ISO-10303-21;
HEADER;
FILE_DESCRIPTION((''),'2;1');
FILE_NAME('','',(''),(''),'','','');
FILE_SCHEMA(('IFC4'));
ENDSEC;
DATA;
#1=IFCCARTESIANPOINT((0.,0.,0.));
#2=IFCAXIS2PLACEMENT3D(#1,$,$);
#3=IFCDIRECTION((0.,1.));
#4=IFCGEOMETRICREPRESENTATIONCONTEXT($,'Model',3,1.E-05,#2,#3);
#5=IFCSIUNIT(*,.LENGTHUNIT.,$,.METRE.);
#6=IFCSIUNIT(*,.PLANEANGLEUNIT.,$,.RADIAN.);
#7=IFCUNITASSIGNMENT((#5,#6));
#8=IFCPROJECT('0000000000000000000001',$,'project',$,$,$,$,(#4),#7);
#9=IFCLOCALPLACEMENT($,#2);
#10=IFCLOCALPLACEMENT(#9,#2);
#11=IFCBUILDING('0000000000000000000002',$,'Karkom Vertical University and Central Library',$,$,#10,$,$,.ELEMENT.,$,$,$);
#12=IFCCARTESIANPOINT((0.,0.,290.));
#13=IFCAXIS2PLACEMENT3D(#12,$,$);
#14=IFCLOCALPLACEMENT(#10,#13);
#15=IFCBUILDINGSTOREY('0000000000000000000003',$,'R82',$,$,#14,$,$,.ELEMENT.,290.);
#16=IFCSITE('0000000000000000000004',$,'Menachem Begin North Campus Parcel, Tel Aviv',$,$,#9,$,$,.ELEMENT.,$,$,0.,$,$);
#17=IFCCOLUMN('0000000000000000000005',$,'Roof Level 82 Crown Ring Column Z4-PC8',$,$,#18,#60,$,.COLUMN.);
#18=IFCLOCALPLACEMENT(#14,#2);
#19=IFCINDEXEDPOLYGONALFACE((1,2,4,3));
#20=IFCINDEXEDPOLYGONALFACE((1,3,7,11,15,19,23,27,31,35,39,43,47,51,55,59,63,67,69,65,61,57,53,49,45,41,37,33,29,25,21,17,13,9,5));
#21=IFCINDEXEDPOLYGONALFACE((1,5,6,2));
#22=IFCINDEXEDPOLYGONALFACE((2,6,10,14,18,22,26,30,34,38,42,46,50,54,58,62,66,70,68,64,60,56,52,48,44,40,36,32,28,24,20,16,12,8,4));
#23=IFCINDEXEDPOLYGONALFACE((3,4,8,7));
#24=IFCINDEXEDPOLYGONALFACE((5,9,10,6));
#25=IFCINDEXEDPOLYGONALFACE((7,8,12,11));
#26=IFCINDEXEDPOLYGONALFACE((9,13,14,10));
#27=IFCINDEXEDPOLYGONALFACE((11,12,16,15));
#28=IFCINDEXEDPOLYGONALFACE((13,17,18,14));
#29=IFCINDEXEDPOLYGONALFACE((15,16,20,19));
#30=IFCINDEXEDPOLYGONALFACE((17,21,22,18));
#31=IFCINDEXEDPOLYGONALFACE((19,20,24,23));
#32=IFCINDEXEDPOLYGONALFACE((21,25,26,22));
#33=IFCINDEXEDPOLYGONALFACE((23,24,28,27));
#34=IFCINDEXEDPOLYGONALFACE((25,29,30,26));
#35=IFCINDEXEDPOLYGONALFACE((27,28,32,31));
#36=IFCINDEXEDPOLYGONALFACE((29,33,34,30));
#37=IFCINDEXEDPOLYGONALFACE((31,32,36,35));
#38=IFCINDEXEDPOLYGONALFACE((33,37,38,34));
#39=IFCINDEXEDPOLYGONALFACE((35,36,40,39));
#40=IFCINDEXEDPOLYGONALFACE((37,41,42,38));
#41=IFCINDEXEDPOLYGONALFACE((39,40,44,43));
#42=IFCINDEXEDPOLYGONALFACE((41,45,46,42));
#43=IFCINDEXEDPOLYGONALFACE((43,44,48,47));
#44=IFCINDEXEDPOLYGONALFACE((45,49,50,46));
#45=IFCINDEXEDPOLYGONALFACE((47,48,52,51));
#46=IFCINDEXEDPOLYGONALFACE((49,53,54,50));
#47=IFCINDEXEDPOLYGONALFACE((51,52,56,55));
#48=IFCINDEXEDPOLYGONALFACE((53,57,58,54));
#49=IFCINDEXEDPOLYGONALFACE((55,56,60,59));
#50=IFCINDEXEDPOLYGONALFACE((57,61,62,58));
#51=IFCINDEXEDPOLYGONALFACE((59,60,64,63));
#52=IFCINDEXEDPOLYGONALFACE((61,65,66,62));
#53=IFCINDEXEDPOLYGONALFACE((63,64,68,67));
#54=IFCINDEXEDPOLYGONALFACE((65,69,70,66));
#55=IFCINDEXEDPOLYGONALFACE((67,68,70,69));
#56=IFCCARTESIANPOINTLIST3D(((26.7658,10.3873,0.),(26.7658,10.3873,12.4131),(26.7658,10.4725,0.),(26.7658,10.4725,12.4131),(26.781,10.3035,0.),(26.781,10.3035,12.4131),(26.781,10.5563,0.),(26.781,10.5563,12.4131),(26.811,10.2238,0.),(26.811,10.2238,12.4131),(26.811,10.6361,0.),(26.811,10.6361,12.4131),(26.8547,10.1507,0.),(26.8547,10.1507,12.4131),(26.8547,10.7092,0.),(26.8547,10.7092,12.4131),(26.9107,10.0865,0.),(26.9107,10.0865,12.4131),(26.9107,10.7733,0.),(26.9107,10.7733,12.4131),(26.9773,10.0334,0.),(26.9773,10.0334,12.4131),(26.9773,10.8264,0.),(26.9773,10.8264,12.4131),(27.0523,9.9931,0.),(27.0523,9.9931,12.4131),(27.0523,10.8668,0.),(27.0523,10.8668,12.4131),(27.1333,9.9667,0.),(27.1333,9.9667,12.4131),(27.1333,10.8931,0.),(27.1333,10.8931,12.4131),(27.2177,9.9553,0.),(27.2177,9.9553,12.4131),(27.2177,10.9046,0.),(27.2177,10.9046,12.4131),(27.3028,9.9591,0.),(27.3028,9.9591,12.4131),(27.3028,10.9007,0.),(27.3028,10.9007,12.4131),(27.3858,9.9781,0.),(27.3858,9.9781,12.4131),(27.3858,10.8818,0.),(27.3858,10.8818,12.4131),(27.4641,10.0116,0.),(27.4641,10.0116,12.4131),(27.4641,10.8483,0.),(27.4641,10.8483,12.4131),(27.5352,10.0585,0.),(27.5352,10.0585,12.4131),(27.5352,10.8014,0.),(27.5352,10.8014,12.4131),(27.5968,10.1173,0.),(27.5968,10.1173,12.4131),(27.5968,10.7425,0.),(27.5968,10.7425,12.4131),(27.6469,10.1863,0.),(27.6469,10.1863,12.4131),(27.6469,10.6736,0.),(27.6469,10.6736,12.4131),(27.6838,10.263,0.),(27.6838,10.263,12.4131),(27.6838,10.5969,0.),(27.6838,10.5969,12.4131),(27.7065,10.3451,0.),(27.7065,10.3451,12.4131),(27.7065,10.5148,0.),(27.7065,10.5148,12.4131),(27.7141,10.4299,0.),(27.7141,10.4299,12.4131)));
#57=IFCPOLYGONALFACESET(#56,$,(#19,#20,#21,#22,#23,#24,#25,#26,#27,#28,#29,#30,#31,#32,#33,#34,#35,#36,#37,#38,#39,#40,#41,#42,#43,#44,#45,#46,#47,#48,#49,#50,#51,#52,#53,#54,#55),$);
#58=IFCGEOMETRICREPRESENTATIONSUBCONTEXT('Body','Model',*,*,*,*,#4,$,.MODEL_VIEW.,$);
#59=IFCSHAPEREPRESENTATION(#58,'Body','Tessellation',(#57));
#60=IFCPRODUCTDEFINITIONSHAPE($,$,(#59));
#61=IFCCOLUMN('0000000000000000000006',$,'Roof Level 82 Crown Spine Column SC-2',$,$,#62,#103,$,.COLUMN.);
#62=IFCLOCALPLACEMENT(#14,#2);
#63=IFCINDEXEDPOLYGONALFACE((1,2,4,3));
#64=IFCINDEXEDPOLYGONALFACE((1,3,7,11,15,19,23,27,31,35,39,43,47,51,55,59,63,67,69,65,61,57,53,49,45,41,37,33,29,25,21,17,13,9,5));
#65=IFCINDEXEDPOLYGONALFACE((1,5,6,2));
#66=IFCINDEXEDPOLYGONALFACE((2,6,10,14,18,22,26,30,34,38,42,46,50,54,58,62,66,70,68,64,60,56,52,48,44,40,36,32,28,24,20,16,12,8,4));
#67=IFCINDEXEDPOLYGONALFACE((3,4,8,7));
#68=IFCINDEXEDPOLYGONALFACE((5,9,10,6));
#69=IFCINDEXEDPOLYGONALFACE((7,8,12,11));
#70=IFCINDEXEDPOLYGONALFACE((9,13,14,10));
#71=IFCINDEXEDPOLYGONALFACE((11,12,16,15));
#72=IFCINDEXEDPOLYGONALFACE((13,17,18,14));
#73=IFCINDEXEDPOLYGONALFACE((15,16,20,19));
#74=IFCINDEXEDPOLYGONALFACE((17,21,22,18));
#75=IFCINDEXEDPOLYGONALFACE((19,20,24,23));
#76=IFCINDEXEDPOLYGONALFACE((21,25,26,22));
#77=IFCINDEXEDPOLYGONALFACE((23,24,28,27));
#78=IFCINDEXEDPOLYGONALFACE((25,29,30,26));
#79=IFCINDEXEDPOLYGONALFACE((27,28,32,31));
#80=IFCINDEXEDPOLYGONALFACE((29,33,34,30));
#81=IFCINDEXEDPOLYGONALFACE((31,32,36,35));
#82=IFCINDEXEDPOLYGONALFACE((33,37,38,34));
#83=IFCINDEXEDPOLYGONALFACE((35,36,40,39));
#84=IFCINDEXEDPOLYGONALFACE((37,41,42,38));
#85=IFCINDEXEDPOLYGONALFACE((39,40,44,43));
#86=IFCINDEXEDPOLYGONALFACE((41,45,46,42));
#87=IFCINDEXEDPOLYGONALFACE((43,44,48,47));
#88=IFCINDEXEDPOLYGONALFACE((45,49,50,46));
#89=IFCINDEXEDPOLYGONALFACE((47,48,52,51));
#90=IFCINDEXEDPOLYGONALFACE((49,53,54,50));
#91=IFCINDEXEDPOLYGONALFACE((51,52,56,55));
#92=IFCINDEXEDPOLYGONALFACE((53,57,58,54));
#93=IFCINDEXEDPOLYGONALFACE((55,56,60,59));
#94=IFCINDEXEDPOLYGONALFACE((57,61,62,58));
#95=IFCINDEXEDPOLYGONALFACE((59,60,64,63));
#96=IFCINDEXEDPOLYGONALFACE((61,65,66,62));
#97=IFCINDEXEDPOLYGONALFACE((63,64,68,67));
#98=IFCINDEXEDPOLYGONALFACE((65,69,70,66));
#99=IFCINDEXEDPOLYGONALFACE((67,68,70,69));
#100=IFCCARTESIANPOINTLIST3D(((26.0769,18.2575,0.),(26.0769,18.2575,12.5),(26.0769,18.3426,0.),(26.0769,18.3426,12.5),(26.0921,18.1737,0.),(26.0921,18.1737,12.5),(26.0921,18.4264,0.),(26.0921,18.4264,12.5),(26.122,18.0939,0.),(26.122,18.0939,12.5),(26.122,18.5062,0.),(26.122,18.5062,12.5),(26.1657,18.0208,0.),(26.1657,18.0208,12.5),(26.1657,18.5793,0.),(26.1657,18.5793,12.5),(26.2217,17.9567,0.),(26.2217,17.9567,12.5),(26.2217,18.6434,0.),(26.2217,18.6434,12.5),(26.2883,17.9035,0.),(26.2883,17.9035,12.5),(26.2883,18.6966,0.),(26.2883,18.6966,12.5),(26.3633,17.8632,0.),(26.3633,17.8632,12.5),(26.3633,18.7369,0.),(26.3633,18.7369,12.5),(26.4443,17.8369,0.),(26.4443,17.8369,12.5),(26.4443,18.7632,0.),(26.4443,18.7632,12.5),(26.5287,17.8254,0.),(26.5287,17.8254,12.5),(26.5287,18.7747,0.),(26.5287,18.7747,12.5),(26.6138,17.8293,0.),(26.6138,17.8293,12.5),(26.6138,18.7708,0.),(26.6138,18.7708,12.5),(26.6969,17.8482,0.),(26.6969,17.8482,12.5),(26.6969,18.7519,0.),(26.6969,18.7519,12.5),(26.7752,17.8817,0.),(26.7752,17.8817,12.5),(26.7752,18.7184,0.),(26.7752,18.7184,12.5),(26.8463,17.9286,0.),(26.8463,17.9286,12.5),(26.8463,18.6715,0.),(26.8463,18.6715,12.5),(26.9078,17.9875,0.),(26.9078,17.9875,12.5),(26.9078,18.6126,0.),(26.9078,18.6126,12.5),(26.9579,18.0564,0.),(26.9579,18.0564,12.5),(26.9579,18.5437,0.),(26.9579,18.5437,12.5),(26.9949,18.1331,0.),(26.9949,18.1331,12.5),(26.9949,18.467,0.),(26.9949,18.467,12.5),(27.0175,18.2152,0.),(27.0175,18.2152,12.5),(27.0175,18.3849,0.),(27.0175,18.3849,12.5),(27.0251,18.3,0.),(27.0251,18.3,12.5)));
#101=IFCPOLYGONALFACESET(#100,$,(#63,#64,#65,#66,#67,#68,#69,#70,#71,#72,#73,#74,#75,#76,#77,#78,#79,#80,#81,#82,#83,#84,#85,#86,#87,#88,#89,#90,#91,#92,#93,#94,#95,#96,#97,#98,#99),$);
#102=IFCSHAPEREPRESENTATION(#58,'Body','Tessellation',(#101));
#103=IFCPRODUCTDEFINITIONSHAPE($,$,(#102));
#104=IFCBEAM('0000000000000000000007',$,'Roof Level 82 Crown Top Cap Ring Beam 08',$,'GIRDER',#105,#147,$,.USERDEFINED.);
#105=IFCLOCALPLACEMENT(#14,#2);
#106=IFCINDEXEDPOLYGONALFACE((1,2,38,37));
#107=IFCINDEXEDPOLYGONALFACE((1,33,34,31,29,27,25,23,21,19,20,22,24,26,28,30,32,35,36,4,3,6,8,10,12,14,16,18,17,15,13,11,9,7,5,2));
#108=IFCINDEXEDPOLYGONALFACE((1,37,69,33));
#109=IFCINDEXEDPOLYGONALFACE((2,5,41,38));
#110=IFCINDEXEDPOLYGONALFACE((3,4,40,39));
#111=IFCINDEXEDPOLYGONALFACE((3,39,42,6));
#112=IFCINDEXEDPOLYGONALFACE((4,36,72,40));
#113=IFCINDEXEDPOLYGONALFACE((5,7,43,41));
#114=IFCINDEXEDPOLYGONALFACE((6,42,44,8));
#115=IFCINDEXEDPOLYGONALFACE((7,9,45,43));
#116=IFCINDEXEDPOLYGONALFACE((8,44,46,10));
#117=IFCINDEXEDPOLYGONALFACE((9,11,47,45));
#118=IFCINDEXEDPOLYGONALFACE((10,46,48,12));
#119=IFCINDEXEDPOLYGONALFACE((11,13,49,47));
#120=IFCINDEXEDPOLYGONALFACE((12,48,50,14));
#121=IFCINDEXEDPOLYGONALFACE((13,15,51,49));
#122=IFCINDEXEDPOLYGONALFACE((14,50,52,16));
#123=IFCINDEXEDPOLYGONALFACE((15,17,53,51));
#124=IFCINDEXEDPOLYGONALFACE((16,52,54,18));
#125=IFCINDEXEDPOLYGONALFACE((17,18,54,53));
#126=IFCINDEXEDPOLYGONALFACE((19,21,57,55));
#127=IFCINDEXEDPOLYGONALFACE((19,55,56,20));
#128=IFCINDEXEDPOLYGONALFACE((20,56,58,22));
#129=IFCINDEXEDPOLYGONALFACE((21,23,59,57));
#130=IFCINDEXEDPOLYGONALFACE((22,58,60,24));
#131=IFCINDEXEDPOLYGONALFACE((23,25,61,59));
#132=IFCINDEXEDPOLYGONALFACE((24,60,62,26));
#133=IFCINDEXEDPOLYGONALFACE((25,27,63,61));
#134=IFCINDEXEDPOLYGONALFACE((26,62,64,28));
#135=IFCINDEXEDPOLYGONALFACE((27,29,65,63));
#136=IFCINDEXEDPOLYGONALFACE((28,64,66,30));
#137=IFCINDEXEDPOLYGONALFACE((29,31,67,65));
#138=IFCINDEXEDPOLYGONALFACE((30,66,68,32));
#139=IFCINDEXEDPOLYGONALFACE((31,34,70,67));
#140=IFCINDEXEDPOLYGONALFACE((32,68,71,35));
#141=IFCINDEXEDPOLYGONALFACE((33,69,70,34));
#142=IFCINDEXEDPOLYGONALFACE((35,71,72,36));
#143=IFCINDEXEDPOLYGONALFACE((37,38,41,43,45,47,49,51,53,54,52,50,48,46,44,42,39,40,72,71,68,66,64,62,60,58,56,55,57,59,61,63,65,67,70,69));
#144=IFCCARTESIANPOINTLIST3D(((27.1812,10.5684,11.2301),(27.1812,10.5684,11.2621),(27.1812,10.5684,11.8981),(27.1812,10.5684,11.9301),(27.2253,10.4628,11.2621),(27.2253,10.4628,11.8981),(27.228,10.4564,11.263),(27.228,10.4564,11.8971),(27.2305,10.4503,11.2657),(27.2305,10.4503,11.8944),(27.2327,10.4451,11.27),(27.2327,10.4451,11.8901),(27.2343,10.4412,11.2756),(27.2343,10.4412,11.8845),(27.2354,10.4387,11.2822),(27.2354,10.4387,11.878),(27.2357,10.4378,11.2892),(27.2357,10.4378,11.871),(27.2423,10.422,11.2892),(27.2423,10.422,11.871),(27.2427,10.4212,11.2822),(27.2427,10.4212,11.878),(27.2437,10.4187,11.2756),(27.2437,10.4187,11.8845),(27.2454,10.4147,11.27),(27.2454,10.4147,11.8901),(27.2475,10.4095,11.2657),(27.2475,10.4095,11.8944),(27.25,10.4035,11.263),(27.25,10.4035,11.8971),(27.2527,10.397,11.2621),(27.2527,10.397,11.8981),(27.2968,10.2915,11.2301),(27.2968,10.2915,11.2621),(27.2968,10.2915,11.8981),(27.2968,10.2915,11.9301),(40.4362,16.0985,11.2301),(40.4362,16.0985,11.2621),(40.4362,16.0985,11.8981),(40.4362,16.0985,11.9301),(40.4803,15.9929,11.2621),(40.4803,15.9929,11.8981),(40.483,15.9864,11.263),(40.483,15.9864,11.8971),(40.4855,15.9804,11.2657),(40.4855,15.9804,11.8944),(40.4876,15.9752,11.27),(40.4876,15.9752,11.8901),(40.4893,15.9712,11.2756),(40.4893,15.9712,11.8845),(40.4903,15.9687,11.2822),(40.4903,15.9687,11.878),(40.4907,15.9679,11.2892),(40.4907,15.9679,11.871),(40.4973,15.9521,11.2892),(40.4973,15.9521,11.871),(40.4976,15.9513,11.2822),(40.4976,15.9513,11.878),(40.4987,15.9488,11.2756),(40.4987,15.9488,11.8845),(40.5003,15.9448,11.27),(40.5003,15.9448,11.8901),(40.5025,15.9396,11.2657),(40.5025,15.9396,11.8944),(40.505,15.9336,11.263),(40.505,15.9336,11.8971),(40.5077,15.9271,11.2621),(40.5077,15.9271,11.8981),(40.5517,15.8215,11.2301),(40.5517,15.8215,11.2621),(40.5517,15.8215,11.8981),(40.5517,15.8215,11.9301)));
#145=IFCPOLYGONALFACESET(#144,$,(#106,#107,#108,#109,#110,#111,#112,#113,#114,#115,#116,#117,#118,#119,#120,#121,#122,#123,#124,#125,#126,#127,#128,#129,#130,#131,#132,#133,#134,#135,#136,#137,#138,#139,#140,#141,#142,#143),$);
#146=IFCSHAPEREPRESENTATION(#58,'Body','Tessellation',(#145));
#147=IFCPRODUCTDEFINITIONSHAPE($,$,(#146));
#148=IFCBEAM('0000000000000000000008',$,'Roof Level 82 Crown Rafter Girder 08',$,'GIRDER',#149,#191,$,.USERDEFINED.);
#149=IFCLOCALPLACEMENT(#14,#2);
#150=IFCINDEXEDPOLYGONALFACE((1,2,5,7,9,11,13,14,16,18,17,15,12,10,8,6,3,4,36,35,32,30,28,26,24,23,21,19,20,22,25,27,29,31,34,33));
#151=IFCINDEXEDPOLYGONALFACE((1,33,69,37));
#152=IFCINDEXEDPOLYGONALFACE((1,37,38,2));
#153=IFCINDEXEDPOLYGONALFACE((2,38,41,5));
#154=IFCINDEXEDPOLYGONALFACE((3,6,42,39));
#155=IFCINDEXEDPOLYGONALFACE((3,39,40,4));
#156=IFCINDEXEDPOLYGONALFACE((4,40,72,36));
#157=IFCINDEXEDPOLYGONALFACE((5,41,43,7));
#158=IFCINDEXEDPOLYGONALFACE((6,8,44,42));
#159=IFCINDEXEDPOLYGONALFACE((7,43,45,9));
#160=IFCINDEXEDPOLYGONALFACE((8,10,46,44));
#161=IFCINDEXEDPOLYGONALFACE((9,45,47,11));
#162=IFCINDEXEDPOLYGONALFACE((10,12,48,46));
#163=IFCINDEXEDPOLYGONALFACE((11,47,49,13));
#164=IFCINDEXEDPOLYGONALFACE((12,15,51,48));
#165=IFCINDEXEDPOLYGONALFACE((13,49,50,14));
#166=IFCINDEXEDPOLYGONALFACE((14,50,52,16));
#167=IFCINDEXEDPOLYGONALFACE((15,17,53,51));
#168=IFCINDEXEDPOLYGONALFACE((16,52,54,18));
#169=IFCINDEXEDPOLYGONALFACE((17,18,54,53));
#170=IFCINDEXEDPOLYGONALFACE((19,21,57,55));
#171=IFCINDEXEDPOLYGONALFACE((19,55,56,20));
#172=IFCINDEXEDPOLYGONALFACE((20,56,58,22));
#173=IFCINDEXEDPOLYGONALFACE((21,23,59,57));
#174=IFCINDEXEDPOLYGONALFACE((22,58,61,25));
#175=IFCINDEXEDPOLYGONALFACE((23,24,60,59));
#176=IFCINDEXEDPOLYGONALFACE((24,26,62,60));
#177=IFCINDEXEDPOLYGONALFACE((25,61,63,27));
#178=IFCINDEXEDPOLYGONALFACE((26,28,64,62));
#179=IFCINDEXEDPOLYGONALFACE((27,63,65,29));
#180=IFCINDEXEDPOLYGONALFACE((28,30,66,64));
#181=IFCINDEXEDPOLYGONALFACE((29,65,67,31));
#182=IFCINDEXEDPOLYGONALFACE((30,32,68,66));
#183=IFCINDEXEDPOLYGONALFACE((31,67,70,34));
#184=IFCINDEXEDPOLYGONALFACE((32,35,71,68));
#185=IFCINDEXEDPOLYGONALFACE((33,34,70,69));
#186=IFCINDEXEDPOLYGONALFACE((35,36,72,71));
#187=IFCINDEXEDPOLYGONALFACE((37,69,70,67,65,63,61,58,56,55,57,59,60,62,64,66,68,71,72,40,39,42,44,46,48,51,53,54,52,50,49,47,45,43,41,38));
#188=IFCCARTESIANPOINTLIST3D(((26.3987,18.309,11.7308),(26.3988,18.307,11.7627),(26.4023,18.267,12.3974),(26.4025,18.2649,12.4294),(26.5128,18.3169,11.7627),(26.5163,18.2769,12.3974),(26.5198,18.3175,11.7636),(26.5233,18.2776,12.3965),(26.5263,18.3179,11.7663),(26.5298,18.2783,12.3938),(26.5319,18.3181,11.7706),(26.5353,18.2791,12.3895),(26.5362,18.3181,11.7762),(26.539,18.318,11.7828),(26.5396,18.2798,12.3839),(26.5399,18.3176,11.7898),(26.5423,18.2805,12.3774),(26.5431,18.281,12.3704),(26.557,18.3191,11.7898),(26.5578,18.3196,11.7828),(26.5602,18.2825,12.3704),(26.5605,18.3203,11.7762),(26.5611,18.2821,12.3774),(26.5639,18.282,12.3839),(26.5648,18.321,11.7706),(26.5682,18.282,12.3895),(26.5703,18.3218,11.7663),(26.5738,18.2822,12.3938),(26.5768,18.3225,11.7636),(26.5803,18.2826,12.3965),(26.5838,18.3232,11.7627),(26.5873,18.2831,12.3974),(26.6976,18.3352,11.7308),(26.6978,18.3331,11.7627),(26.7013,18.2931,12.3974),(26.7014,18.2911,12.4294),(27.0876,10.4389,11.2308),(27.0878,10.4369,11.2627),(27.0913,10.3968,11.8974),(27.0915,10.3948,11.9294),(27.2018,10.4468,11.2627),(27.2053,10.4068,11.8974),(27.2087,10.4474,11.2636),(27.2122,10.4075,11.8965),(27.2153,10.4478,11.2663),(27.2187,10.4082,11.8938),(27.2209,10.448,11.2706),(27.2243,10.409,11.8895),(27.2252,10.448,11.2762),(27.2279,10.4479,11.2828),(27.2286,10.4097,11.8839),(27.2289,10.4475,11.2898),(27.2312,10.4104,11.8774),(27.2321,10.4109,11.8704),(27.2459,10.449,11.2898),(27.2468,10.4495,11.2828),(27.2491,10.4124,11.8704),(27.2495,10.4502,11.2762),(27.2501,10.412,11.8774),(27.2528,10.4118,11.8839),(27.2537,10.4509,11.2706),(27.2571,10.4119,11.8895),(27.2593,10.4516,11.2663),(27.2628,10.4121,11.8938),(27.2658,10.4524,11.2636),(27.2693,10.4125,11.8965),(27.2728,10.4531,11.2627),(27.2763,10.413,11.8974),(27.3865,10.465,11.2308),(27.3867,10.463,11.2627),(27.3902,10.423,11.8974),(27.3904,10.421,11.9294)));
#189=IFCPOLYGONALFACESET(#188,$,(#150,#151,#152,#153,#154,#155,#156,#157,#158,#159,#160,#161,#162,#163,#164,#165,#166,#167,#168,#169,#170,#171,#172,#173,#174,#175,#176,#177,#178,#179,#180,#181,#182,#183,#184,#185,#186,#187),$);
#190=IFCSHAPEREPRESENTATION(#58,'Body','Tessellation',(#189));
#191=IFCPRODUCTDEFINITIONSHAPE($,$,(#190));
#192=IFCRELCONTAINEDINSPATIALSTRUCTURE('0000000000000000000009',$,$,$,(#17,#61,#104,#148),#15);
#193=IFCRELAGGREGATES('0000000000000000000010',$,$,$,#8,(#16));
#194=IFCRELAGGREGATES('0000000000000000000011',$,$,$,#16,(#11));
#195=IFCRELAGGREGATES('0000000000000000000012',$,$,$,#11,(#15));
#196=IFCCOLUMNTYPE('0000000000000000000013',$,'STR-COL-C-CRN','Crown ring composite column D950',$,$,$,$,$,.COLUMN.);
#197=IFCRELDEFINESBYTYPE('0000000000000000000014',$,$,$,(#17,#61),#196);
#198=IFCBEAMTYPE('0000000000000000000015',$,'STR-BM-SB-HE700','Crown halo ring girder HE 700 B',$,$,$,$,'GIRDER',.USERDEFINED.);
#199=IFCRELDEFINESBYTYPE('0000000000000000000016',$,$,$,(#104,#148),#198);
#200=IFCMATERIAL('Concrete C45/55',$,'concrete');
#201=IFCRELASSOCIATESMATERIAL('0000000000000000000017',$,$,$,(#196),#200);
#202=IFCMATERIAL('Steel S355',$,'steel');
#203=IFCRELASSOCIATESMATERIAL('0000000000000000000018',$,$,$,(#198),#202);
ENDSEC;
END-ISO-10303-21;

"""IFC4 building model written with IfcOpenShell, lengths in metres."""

from ifc_helpers import new_model, si_unit, direction, frame, origin, origin_with_axes, origin_2d, place, context, subcontext, project, spatial, circle, i_section, extrude, source, transform, mapped, material, material_profile, profile_set, type_object, element, save


model = new_model("IFC4")

# Units and contexts
model_context = context("Model", 3, precision=1e-05, world=origin(), true_north=direction((0.0, 1.0)))
body_context = subcontext(model_context, "Body", "Model", "MODEL_VIEW")
ifc_project = project(units=[si_unit("LENGTHUNIT", "METRE"), si_unit("PLANEANGLEUNIT", "RADIAN")], contexts=[model_context])

# Site, building, storey
site_placement = place(None, origin())
site = spatial("IfcSite", under=ifc_project, at=site_placement, Name="Menachem Begin North Campus Parcel, Tel Aviv", CompositionType="ELEMENT", RefElevation=0.0)
building_placement = place(site_placement, origin())
building = spatial("IfcBuilding", under=site, at=building_placement, Name="Karkom Vertical University and Central Library", CompositionType="ELEMENT")
storey_placement = place(building_placement, frame((0.0, 0.0, 290.0)))
storey = spatial("IfcBuildingStorey", under=building, at=storey_placement, Name="R82", CompositionType="ELEMENT", Elevation=290.0)

# Columns
ifc_material_1 = material(Name="Concrete C45/55", Category="concrete")
ifc_material_profile_1 = material_profile(ifc_material_1, circle(Radius=0.4751, at=origin_2d()), Name="CFT-D950")
ifc_profile_set_1 = profile_set([ifc_material_profile_1], Name="Concrete C45/55")
column_type = type_object("IfcColumnType", Name="STR-COL-C-CRN", Description="Crown ring composite column D950", PredefinedType="COLUMN", material=ifc_profile_set_1)
shared_shape_1 = source(origin_with_axes(), body_context, "Body", "SweptSolid", [
    extrude(circle(Radius=0.4751, at=origin_2d()), origin(), (0.0, 0.0, 1.0), 12.4131),
])
column_1_placement = place(storey_placement, frame((27.239, 10.4299, 0.0), z_axis=(0.0, 0.0, 1.0), x_axis=(1.0, 0.0, 0.0)))
element("IfcColumn", 1, at=column_1_placement, inside=storey, type_object=column_type, Name="Roof Level 82 Crown Ring Column Z4-PC8", PredefinedType="COLUMN", context=body_context, shape_type="MappedRepresentation", body=[
    mapped(shared_shape_1, transform((0.0, 0.0, 0.0), scale=1.0)),
])
shared_shape_2 = source(origin_with_axes(), body_context, "Body", "SweptSolid", [
    extrude(circle(Radius=0.4751, at=origin_2d()), origin(), (0.0, 0.0, 1.0), 12.5),
])
column_2_placement = place(storey_placement, frame((26.55, 18.3, 0.0), z_axis=(0.0, 0.0, 1.0), x_axis=(1.0, 0.0, 0.0)))
element("IfcColumn", 2, at=column_2_placement, inside=storey, type_object=column_type, Name="Roof Level 82 Crown Spine Column SC-2", PredefinedType="COLUMN", context=body_context, shape_type="MappedRepresentation", body=[
    mapped(shared_shape_2, transform((0.0, 0.0, 0.0), scale=1.0)),
])

# Beams
ifc_material_2 = material(Name="Steel S355", Category="steel")
ifc_material_profile_2 = material_profile(ifc_material_2, i_section(OverallWidth=0.3, OverallDepth=0.7, WebThickness=0.0171, FlangeThickness=0.032, FilletRadius=0.0271, at=origin_2d()), Name="HE 700 B")
ifc_profile_set_2 = profile_set([ifc_material_profile_2], Name="Steel S355")
beam_type = type_object("IfcBeamType", Name="STR-BM-SB-HE700", Description="Crown halo ring girder HE 700 B", ElementType="GIRDER", PredefinedType="USERDEFINED", material=ifc_profile_set_2)
shared_shape_3 = source(origin_with_axes(), body_context, "Body", "SweptSolid", [
    extrude(i_section(OverallWidth=0.3, OverallDepth=0.7, WebThickness=0.0171, FlangeThickness=0.032, FilletRadius=0.0271, at=origin_2d()), origin(), (0.0, 0.0, 1.0), 14.3623),
])
beam_1_placement = place(storey_placement, frame((27.239, 10.4299, 11.5801), z_axis=(0.9229, 0.38504, 0.0), x_axis=(-0.38504, 0.9229, 0.0)))
element("IfcBeam", 3, at=beam_1_placement, inside=storey, type_object=beam_type, Name="Roof Level 82 Crown Top Cap Ring Beam 08", ObjectType="GIRDER", PredefinedType="USERDEFINED", context=body_context, shape_type="MappedRepresentation", body=[
    mapped(shared_shape_3, transform((0.0, 0.0, 0.0), scale=1.0)),
])
shared_shape_4 = source(origin_with_axes(), body_context, "Body", "SweptSolid", [
    extrude(i_section(OverallWidth=0.3, OverallDepth=0.7, WebThickness=0.0171, FlangeThickness=0.032, FilletRadius=0.0271, at=origin_2d()), origin(), (0.0, 0.0, 1.0), 7.916),
])
beam_2_placement = place(storey_placement, frame((26.55, 18.3, 12.0801), z_axis=(0.087034, -0.994201, -0.063163), x_axis=(0.99619, 0.087208, 0.0)))
element("IfcBeam", 4, at=beam_2_placement, inside=storey, type_object=beam_type, Name="Roof Level 82 Crown Rafter Girder 08", ObjectType="GIRDER", PredefinedType="USERDEFINED", context=body_context, shape_type="MappedRepresentation", body=[
    mapped(shared_shape_4, transform((0.0, 0.0, 0.0), scale=1.0)),
])

save(model, "model.ifc")
